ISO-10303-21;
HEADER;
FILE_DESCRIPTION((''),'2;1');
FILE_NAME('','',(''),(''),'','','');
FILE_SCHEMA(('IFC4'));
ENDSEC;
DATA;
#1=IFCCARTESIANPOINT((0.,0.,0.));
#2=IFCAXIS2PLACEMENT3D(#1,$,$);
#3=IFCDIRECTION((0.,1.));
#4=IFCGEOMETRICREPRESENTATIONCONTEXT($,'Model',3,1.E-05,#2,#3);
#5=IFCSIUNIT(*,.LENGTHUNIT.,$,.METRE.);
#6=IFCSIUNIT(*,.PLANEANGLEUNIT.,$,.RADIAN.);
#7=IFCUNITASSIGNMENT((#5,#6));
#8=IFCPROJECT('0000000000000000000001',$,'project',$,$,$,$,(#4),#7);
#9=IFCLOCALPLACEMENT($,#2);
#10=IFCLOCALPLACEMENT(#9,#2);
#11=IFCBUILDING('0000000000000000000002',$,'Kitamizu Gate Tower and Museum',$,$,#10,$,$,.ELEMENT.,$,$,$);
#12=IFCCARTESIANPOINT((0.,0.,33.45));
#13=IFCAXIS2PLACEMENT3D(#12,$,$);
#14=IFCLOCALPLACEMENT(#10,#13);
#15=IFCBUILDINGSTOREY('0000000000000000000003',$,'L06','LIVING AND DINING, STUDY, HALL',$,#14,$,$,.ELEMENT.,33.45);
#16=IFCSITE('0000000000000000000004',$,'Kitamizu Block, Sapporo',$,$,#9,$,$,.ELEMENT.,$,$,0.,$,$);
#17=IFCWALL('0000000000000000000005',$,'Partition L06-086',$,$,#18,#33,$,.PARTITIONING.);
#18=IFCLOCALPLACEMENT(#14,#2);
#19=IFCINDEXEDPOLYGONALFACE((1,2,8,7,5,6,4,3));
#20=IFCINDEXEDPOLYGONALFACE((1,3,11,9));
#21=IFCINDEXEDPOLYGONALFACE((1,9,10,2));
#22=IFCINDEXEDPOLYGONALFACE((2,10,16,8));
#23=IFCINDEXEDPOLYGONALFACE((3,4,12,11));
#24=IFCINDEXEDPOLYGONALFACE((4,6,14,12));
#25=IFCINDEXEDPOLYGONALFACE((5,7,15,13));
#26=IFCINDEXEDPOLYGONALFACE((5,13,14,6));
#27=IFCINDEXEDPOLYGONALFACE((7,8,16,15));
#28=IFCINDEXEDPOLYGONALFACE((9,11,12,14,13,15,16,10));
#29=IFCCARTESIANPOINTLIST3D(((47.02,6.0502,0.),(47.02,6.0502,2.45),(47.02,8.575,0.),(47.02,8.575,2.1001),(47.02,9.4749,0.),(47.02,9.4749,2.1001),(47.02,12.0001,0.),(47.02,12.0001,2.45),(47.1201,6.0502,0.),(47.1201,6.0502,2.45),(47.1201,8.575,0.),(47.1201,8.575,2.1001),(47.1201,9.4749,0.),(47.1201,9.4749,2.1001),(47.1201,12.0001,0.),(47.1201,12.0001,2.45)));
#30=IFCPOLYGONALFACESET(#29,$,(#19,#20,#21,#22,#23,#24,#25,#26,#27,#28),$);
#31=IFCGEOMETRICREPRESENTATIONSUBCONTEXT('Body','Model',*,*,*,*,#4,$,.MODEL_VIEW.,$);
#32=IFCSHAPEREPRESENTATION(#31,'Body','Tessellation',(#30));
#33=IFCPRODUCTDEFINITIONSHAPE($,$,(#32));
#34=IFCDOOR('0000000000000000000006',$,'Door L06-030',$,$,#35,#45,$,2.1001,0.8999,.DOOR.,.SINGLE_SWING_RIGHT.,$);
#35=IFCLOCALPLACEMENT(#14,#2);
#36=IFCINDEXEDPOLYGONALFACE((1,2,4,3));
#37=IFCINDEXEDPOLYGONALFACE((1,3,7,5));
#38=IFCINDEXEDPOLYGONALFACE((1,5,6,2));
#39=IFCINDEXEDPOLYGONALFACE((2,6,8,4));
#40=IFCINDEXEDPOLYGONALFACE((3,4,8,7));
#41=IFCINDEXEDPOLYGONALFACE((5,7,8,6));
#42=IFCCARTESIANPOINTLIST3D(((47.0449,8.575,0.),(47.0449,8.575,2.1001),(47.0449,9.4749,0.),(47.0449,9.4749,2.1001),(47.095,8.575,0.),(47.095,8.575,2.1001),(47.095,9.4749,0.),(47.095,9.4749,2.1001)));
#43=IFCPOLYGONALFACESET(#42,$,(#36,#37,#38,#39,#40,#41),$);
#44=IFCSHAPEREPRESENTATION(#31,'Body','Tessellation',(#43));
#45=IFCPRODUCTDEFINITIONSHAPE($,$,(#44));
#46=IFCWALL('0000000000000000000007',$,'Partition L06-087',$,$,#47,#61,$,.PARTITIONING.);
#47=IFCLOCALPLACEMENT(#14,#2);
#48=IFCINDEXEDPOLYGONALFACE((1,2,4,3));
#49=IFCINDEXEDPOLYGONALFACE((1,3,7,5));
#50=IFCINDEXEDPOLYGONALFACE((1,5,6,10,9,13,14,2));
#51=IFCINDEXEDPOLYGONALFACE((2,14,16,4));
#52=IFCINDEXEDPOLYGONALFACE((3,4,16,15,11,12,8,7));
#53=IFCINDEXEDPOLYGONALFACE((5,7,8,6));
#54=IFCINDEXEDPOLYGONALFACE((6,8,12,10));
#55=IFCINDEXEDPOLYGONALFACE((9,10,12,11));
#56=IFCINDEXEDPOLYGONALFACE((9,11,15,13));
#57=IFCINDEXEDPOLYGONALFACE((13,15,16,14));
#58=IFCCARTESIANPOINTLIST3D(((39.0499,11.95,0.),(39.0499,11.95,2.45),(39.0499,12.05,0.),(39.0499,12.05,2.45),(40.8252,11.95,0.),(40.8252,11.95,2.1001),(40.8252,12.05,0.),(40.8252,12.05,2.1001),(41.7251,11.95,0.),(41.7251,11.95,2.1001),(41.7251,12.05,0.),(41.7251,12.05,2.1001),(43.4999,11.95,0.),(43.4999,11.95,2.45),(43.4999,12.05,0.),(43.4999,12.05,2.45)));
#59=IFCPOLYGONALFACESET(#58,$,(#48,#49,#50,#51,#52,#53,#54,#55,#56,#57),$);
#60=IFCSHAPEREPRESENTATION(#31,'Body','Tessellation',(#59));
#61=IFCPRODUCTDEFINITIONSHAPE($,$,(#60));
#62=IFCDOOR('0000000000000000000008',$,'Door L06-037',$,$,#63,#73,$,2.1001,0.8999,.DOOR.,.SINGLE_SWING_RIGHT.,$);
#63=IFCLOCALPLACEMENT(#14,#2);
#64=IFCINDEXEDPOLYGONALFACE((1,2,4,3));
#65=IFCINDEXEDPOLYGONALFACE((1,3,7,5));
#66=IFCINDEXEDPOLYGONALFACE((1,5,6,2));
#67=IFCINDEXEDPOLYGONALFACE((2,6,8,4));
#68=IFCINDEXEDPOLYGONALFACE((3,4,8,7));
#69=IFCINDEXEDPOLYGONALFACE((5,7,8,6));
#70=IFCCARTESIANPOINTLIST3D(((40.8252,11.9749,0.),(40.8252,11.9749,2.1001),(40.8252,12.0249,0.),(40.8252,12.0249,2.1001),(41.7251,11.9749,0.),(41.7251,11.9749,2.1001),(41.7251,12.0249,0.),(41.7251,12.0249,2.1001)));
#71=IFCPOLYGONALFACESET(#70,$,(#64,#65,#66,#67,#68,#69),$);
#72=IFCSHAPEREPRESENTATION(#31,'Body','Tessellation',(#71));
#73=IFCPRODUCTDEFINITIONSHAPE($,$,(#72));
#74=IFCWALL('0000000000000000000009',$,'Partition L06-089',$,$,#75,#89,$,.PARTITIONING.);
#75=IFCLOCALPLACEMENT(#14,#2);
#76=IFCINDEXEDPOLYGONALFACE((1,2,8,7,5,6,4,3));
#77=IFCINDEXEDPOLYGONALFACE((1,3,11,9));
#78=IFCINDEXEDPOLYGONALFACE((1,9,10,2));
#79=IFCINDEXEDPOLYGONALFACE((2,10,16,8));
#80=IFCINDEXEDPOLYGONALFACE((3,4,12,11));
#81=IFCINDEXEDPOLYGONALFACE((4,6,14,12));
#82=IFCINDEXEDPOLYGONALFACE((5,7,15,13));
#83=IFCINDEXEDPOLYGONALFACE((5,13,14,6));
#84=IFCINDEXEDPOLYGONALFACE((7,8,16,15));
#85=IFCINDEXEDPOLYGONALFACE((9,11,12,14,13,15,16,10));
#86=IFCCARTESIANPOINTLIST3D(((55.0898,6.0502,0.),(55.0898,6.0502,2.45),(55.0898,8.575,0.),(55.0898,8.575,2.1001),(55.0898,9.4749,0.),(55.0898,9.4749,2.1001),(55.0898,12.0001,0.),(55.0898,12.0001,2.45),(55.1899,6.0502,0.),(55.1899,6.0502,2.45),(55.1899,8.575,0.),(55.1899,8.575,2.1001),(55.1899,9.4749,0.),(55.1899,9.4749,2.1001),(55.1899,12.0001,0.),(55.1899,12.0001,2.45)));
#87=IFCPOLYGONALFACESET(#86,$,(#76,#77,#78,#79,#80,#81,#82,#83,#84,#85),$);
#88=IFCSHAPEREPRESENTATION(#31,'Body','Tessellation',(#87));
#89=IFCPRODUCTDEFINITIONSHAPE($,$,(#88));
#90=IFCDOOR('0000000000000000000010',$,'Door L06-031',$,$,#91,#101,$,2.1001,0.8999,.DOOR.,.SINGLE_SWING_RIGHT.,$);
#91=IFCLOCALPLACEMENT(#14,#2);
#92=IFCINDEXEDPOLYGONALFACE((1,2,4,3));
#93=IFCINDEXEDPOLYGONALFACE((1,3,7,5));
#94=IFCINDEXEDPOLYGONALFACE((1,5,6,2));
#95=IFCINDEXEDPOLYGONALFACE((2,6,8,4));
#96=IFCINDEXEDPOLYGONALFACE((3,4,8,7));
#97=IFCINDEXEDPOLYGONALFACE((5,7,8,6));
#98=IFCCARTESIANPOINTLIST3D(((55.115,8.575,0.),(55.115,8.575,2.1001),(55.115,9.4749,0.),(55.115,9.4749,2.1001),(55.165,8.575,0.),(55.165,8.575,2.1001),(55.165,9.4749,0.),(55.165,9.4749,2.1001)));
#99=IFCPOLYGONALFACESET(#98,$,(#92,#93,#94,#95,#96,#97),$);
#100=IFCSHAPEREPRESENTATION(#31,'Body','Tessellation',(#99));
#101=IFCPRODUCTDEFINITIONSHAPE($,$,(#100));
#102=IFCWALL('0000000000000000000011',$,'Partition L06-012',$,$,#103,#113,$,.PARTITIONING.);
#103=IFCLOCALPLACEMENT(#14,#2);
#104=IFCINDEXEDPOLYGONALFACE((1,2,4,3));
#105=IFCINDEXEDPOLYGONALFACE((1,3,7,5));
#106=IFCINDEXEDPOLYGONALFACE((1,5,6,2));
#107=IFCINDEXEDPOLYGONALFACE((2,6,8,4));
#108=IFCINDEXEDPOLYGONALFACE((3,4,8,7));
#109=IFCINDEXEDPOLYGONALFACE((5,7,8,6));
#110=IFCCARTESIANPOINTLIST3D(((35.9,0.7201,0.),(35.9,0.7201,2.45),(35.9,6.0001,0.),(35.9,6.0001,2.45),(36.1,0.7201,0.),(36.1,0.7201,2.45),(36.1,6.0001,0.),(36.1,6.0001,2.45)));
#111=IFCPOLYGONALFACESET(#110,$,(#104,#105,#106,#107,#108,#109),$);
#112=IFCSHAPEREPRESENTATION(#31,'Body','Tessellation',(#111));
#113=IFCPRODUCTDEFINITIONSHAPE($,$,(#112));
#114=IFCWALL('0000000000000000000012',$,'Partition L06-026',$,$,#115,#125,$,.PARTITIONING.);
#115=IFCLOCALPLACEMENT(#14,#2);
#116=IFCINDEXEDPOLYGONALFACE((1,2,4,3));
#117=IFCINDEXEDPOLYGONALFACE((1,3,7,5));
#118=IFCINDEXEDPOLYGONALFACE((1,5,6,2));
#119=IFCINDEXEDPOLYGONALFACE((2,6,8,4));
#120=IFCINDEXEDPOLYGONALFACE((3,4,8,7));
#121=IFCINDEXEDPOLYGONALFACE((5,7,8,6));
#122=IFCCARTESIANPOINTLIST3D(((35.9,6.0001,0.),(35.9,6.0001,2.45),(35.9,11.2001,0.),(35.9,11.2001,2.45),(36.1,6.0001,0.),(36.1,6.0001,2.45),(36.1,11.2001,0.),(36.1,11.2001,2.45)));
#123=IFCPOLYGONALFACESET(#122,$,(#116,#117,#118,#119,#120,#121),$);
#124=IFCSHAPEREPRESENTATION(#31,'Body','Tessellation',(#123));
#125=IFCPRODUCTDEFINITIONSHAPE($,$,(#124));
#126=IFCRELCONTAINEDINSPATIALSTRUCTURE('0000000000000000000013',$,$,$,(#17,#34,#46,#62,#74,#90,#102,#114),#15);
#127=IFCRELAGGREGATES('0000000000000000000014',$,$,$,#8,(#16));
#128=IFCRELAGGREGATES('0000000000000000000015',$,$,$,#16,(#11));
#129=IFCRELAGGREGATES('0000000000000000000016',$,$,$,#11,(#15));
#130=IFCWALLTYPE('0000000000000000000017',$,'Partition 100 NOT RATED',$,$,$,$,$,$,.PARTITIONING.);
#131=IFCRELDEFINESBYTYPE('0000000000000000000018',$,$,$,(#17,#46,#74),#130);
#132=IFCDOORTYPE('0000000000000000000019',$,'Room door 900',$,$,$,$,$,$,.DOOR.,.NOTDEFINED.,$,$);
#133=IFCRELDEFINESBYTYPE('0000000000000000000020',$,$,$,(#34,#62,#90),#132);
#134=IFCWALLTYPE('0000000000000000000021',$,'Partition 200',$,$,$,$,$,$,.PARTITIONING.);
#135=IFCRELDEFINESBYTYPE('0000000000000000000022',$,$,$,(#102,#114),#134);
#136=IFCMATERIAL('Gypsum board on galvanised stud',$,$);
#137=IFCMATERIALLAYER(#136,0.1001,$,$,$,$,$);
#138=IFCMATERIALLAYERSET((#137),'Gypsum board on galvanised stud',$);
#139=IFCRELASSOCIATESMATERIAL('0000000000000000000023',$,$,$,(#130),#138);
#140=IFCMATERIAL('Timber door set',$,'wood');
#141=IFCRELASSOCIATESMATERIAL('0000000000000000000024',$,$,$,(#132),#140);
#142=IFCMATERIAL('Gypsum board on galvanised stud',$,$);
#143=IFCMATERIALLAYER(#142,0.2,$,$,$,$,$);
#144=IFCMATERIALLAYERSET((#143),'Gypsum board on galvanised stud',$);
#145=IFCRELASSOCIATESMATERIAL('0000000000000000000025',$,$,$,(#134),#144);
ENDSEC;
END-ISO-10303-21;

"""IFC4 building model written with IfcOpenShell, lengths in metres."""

from ifc_helpers import new_model, si_unit, direction, frame, frame_2d, origin, place, context, subcontext, project, spatial, rectangle, extrude, material, layer, layer_set, type_object, element, fill, save


model = new_model("IFC4")

# Units and contexts
model_context = context("Model", 3, precision=1e-05, world=origin(), true_north=direction((0.0, 1.0)))
body_context = subcontext(model_context, "Body", "Model", "MODEL_VIEW")
ifc_project = project(units=[si_unit("LENGTHUNIT", "METRE"), si_unit("PLANEANGLEUNIT", "RADIAN")], contexts=[model_context])

# Site, building, storey
site_placement = place(None, origin())
site = spatial("IfcSite", under=ifc_project, at=site_placement, Name="Kitamizu Block, Sapporo", CompositionType="ELEMENT", RefElevation=0.0)
building_placement = place(site_placement, origin())
building = spatial("IfcBuilding", under=site, at=building_placement, Name="Kitamizu Gate Tower and Museum", CompositionType="ELEMENT")
storey_placement = place(building_placement, frame((0.0, 0.0, 33.45)))
storey = spatial("IfcBuildingStorey", under=building, at=storey_placement, Name="L06", Description="LIVING AND DINING, STUDY, HALL", CompositionType="ELEMENT", Elevation=33.45)

# Shared definitions
ifc_material_1 = material(Name="Gypsum board on galvanised stud")
ifc_layer_1 = layer(ifc_material_1, 0.1001)
ifc_layer_set_1 = layer_set([ifc_layer_1], Name="Gypsum board on galvanised stud")
wall_type_1 = type_object("IfcWallType", Name="Partition 100 NOT RATED", PredefinedType="PARTITIONING", material=ifc_layer_set_1)

# Shared definitions
ifc_material_2 = material(Name="Timber door set", Category="wood")
door_type = type_object("IfcDoorType", Name="Room door 900", OperationType="NOTDEFINED", PredefinedType="DOOR", material=ifc_material_2)

# Walls, openings, doors
wall_1_placement = place(storey_placement, frame((47.0701, 6.05, 0.0), z_axis=(0.0, 0.0, 1.0), x_axis=(0.0, 1.0, 0.0)))
wall_1 = element("IfcWall", 1, at=wall_1_placement, inside=storey, type_object=wall_type_1, Name="Partition L06-086", PredefinedType="PARTITIONING", context=body_context, shape_type="SweptSolid", body=[
    extrude(rectangle(XDim=5.95, YDim=0.1001, at=frame_2d((2.9751, 0.0))), origin(), (0.0, 0.0, 1.0), 2.45),
])
opening_1_placement = place(wall_1_placement, frame((2.5249, 0.0, 0.0)))
opening_1 = element("IfcOpeningElement", 2, at=opening_1_placement, cuts=wall_1, PredefinedType="OPENING", context=body_context, shape_type="SweptSolid", body=[
    extrude(rectangle(XDim=0.8999, YDim=2.1001, at=frame_2d((0.45, 1.05))), frame((0.0, 0.0601, 0.0), z_axis=(0.0, -1.0, 0.0), x_axis=(1.0, 0.0, 0.0)), (0.0, 0.0, 1.0), 0.1201),
])
door_1_placement = place(opening_1_placement, frame((0.8999, 0.0, 0.0), x_axis=(-1.0, 0.0, 0.0)))
door_1 = element("IfcDoor", 3, at=door_1_placement, inside=storey, type_object=door_type, Name="Door L06-030", OperationType="SINGLE_SWING_RIGHT", OverallHeight=2.1001, OverallWidth=0.8999, PredefinedType="DOOR", context=body_context, shape_type="SweptSolid", body=[
    extrude(rectangle(XDim=0.8999, YDim=2.1001, at=frame_2d((0.45, 1.05))), frame((0.0, 0.0249, 0.0), z_axis=(0.0, -1.0, 0.0), x_axis=(1.0, 0.0, 0.0)), (0.0, 0.0, 1.0), 0.05),
])
fill(opening_1, door_1)
wall_2_placement = place(storey_placement, frame((43.5, 12.0, 0.0), z_axis=(0.0, 0.0, 1.0), x_axis=(-1.0, 0.0, 0.0)))
wall_2 = element("IfcWall", 4, at=wall_2_placement, inside=storey, type_object=wall_type_1, Name="Partition L06-087", PredefinedType="PARTITIONING", context=body_context, shape_type="SweptSolid", body=[
    extrude(rectangle(XDim=4.45, YDim=0.1001, at=frame_2d((2.2251, 0.0))), origin(), (0.0, 0.0, 1.0), 2.45),
])
opening_2_placement = place(wall_2_placement, frame((1.7749, 0.0, 0.0)))
opening_2 = element("IfcOpeningElement", 5, at=opening_2_placement, cuts=wall_2, PredefinedType="OPENING", context=body_context, shape_type="SweptSolid", body=[
    extrude(rectangle(XDim=0.8999, YDim=2.1001, at=frame_2d((0.45, 1.05))), frame((0.0, 0.0601, 0.0), z_axis=(0.0, -1.0, 0.0), x_axis=(1.0, 0.0, 0.0)), (0.0, 0.0, 1.0), 0.1201),
])
door_2_placement = place(opening_2_placement, frame((0.8999, 0.0, 0.0), x_axis=(-1.0, 0.0, 0.0)))
door_2 = element("IfcDoor", 6, at=door_2_placement, inside=storey, type_object=door_type, Name="Door L06-037", OperationType="SINGLE_SWING_RIGHT", OverallHeight=2.1001, OverallWidth=0.8999, PredefinedType="DOOR", context=body_context, shape_type="SweptSolid", body=[
    extrude(rectangle(XDim=0.8999, YDim=2.1001, at=frame_2d((0.45, 1.05))), frame((0.0, 0.0249, 0.0), z_axis=(0.0, -1.0, 0.0), x_axis=(1.0, 0.0, 0.0)), (0.0, 0.0, 1.0), 0.05),
])
fill(opening_2, door_2)
wall_3_placement = place(storey_placement, frame((55.1399, 6.05, 0.0), z_axis=(0.0, 0.0, 1.0), x_axis=(0.0, 1.0, 0.0)))
wall_3 = element("IfcWall", 7, at=wall_3_placement, inside=storey, type_object=wall_type_1, Name="Partition L06-089", PredefinedType="PARTITIONING", context=body_context, shape_type="SweptSolid", body=[
    extrude(rectangle(XDim=5.95, YDim=0.1001, at=frame_2d((2.9751, 0.0))), origin(), (0.0, 0.0, 1.0), 2.45),
])
opening_3_placement = place(wall_3_placement, frame((2.5249, 0.0, 0.0)))
opening_3 = element("IfcOpeningElement", 8, at=opening_3_placement, cuts=wall_3, PredefinedType="OPENING", context=body_context, shape_type="SweptSolid", body=[
    extrude(rectangle(XDim=0.8999, YDim=2.1001, at=frame_2d((0.45, 1.05))), frame((0.0, 0.0601, 0.0), z_axis=(0.0, -1.0, 0.0), x_axis=(1.0, 0.0, 0.0)), (0.0, 0.0, 1.0), 0.1201),
])
door_3_placement = place(opening_3_placement, origin())
door_3 = element("IfcDoor", 9, at=door_3_placement, inside=storey, type_object=door_type, Name="Door L06-031", OperationType="SINGLE_SWING_RIGHT", OverallHeight=2.1001, OverallWidth=0.8999, PredefinedType="DOOR", context=body_context, shape_type="SweptSolid", body=[
    extrude(rectangle(XDim=0.8999, YDim=2.1001, at=frame_2d((0.45, 1.05))), frame((0.0, 0.0249, 0.0), z_axis=(0.0, -1.0, 0.0), x_axis=(1.0, 0.0, 0.0)), (0.0, 0.0, 1.0), 0.05),
])
fill(opening_3, door_3)

# Walls
ifc_material_3 = material(Name="Gypsum board on galvanised stud")
ifc_layer_2 = layer(ifc_material_3, 0.2)
ifc_layer_set_2 = layer_set([ifc_layer_2], Name="Gypsum board on galvanised stud")
wall_type_2 = type_object("IfcWallType", Name="Partition 200", PredefinedType="PARTITIONING", material=ifc_layer_set_2)
wall_4_placement = place(storey_placement, frame((36.0, 0.72, 0.0), z_axis=(0.0, 0.0, 1.0), x_axis=(0.0, 1.0, 0.0)))
element("IfcWall", 10, at=wall_4_placement, inside=storey, type_object=wall_type_2, Name="Partition L06-012", PredefinedType="PARTITIONING", context=body_context, shape_type="SweptSolid", body=[
    extrude(rectangle(XDim=5.28, YDim=0.2, at=frame_2d((2.6401, 0.0))), origin(), (0.0, 0.0, 1.0), 2.45),
])
wall_5_placement = place(storey_placement, frame((36.0, 6.0, 0.0), z_axis=(0.0, 0.0, 1.0), x_axis=(0.0, 1.0, 0.0)))
element("IfcWall", 11, at=wall_5_placement, inside=storey, type_object=wall_type_2, Name="Partition L06-026", PredefinedType="PARTITIONING", context=body_context, shape_type="SweptSolid", body=[
    extrude(rectangle(XDim=5.2, YDim=0.2, at=frame_2d((2.6001, 0.0))), origin(), (0.0, 0.0, 1.0), 2.45),
])

save(model, "model.ifc")
